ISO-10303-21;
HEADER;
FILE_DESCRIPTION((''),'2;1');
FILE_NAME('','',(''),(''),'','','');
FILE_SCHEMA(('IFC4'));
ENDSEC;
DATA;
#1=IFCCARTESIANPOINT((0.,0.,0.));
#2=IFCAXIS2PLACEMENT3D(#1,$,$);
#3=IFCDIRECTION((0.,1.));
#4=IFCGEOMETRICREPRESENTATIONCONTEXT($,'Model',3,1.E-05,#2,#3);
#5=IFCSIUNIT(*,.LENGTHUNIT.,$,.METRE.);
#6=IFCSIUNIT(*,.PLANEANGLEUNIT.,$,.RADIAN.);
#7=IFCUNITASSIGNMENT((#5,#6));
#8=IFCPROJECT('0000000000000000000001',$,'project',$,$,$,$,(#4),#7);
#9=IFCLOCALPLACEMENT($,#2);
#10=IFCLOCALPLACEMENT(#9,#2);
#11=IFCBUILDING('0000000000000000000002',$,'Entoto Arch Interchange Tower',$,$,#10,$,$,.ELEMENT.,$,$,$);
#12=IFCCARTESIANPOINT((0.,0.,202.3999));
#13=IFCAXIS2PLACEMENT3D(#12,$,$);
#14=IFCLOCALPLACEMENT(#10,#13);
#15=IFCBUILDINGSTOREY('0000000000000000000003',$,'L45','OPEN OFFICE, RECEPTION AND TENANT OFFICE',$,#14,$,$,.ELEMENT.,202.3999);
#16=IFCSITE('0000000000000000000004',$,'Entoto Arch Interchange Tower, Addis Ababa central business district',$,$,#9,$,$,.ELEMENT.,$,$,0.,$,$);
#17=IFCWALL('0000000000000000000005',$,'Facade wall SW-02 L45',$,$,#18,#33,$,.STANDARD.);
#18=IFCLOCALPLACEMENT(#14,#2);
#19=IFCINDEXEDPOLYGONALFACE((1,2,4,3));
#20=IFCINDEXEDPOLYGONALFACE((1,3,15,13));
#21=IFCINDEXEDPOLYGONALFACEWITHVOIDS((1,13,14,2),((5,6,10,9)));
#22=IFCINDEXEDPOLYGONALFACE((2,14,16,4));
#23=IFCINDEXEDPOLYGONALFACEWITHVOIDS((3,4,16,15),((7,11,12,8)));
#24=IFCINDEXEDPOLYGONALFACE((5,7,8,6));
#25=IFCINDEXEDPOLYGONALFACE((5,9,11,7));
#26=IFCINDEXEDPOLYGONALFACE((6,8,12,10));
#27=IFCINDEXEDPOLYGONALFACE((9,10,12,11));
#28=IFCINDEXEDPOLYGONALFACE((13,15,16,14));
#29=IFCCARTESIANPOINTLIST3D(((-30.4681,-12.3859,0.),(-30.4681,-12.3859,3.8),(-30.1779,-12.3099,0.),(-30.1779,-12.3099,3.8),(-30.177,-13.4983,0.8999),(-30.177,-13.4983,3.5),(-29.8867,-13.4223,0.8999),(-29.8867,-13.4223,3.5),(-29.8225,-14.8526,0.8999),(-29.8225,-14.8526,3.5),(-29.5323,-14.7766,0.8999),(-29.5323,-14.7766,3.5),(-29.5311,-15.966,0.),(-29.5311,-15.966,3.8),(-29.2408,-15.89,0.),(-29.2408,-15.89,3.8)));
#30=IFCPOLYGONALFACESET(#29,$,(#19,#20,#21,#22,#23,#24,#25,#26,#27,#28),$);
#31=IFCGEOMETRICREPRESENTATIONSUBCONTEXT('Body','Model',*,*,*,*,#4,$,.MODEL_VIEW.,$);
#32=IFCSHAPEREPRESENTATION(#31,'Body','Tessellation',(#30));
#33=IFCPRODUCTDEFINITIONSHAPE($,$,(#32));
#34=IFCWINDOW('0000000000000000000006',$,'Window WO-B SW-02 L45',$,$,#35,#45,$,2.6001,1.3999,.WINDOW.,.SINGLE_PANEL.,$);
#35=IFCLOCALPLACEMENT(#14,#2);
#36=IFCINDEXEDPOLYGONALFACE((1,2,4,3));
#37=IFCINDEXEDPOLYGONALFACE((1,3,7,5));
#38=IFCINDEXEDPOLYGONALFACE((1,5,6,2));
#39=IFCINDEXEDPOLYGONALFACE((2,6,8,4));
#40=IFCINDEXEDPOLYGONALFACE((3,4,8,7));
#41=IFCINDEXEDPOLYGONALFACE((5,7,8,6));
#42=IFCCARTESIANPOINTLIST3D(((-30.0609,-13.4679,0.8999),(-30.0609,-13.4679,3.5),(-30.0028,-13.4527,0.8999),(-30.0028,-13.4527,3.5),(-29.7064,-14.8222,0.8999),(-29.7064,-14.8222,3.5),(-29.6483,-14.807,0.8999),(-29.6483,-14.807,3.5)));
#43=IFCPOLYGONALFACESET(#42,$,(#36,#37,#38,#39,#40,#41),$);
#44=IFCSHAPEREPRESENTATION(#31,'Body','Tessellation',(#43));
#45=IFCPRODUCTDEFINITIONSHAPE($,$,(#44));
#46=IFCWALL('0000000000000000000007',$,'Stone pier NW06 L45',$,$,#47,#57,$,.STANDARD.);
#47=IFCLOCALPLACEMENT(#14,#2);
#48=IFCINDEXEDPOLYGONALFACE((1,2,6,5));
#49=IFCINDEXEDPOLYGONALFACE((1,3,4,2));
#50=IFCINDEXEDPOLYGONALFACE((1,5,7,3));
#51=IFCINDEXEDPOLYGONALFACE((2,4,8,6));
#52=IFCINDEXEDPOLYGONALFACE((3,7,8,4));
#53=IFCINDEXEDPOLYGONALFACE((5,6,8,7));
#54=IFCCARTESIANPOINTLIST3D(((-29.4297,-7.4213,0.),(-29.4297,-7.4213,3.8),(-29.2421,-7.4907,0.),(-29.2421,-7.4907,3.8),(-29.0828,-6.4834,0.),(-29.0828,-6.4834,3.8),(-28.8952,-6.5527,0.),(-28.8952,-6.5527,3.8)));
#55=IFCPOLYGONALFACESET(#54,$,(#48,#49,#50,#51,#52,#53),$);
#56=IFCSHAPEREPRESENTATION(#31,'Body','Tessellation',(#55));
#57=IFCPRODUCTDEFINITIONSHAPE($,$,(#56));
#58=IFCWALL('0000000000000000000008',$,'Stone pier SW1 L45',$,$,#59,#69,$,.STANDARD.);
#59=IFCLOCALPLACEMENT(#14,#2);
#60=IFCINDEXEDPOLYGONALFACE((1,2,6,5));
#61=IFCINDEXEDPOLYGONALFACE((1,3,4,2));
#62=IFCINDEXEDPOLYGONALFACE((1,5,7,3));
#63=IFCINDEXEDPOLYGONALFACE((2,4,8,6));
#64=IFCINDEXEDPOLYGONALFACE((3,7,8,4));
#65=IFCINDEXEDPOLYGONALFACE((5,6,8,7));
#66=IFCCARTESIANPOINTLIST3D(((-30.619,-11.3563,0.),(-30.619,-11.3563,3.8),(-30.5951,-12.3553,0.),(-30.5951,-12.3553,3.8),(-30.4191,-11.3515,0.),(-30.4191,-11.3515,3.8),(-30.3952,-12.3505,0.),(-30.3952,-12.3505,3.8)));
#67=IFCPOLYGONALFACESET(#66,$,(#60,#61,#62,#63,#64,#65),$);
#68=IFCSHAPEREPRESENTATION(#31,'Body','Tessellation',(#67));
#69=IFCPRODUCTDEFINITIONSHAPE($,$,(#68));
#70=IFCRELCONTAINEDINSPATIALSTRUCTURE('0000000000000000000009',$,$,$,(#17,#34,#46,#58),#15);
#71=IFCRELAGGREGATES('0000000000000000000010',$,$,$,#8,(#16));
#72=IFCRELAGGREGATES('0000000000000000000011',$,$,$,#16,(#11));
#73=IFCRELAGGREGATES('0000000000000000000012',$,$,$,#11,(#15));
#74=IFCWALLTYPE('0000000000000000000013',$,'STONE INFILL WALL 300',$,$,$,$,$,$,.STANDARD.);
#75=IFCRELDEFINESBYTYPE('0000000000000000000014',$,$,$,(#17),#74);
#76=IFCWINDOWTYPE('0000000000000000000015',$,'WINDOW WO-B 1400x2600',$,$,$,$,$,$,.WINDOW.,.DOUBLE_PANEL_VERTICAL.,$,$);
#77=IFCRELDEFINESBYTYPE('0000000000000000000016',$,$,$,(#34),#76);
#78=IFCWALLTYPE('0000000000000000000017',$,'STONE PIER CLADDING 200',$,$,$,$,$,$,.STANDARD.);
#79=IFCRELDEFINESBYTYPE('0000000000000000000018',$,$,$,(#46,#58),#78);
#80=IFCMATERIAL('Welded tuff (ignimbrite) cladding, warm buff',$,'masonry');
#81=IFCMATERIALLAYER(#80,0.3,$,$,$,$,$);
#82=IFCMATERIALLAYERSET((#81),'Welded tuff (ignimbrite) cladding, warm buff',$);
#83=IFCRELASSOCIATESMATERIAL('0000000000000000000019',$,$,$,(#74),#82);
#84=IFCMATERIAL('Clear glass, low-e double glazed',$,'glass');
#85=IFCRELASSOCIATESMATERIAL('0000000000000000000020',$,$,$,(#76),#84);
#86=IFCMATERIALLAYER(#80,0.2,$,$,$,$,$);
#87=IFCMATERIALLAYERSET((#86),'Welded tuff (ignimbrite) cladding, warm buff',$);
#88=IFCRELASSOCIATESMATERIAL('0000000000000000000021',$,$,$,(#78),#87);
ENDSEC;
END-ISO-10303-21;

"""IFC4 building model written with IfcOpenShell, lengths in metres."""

from ifc_helpers import new_model, si_unit, direction, frame, frame_2d, origin, place, context, subcontext, project, spatial, rectangle, extrude, material, layer, layer_set, type_object, element, fill, save


model = new_model("IFC4")

# Units and contexts
model_context = context("Model", 3, precision=1e-05, world=origin(), true_north=direction((0.0, 1.0)))
body_context = subcontext(model_context, "Body", "Model", "MODEL_VIEW")
ifc_project = project(units=[si_unit("LENGTHUNIT", "METRE"), si_unit("PLANEANGLEUNIT", "RADIAN")], contexts=[model_context])

# Site, building, storey
site_placement = place(None, origin())
site = spatial("IfcSite", under=ifc_project, at=site_placement, Name="Entoto Arch Interchange Tower, Addis Ababa central business district", CompositionType="ELEMENT", RefElevation=0.0)
building_placement = place(site_placement, origin())
building = spatial("IfcBuilding", under=site, at=building_placement, Name="Entoto Arch Interchange Tower", CompositionType="ELEMENT")
storey_placement = place(building_placement, frame((0.0, 0.0, 202.3999)))
storey = spatial("IfcBuildingStorey", under=building, at=storey_placement, Name="L45", Description="OPEN OFFICE, RECEPTION AND TENANT OFFICE", CompositionType="ELEMENT", Elevation=202.3999)

# Shared definitions
ifc_material_1 = material(Name="Welded tuff (ignimbrite) cladding, warm buff", Category="masonry")
ifc_layer_1 = layer(ifc_material_1, 0.3)
ifc_layer_set_1 = layer_set([ifc_layer_1], Name="Welded tuff (ignimbrite) cladding, warm buff")
wall_type_1 = type_object("IfcWallType", Name="STONE INFILL WALL 300", PredefinedType="STANDARD", material=ifc_layer_set_1)
ifc_material_2 = material(Name="Clear glass, low-e double glazed", Category="glass")

# Wall, opening, window
window_type_1 = type_object("IfcWindowType", Name="WINDOW WO-B 1400x2600", PartitioningType="DOUBLE_PANEL_VERTICAL", PredefinedType="WINDOW", material=ifc_material_2)
wall_1_placement = place(storey_placement, frame((-30.323, -12.3479, 0.0), z_axis=(0.0, 0.0, 1.0), x_axis=(0.253201, -0.967414, 0.0)))
wall_1 = element("IfcWall", 1, at=wall_1_placement, inside=storey, type_object=wall_type_1, Name="Facade wall SW-02 L45", PredefinedType="STANDARD", context=body_context, shape_type="SweptSolid", body=[
    extrude(rectangle(XDim=3.7007, YDim=0.3, at=frame_2d((1.8503, 0.0))), origin(), (0.0, 0.0, 1.0), 3.8),
])
opening_1_placement = place(wall_1_placement, frame((1.1499, 0.0, 0.8999)))
opening_1 = element("IfcOpeningElement", 2, at=opening_1_placement, cuts=wall_1, PredefinedType="OPENING", context=body_context, shape_type="SweptSolid", body=[
    extrude(rectangle(XDim=1.3999, YDim=2.6001, at=frame_2d((0.7, 1.3))), frame((0.0, 0.1602, 0.0), z_axis=(0.0, -1.0, 0.0), x_axis=(1.0, 0.0, 0.0)), (0.0, 0.0, 1.0), 0.3201),
])
window_1_placement = place(opening_1_placement, origin())
window_1 = element("IfcWindow", 3, at=window_1_placement, inside=storey, type_object=window_type_1, Name="Window WO-B SW-02 L45", OverallHeight=2.6001, OverallWidth=1.3999, PartitioningType="SINGLE_PANEL", PredefinedType="WINDOW", context=body_context, shape_type="SweptSolid", body=[
    extrude(rectangle(XDim=1.3999, YDim=2.6001, at=frame_2d((0.7, 1.3))), frame((0.0, 0.03, 0.0), z_axis=(0.0, -1.0, 0.0), x_axis=(1.0, 0.0, 0.0)), (0.0, 0.0, 1.0), 0.0601),
])
fill(opening_1, window_1)

# Walls
ifc_layer_2 = layer(ifc_material_1, 0.2)
ifc_layer_set_2 = layer_set([ifc_layer_2], Name="Welded tuff (ignimbrite) cladding, warm buff")
wall_type_2 = type_object("IfcWallType", Name="STONE PIER CLADDING 200", PredefinedType="STANDARD", material=ifc_layer_set_2)
wall_2_placement = place(storey_placement, frame((-28.989, -6.5181, 0.0), z_axis=(0.0, 0.0, 1.0), x_axis=(-0.346893, -0.937905, 0.0)))
element("IfcWall", 4, at=wall_2_placement, inside=storey, type_object=wall_type_2, Name="Stone pier NW06 L45", PredefinedType="STANDARD", context=body_context, shape_type="SweptSolid", body=[
    extrude(rectangle(XDim=1.0, YDim=0.2, at=frame_2d((0.5, 0.0))), origin(), (0.0, 0.0, 1.0), 3.8),
])
wall_3_placement = place(storey_placement, frame((-30.519, -11.354, 0.0), z_axis=(0.0, 0.0, 1.0), x_axis=(0.023942, -0.999713, 0.0)))
element("IfcWall", 5, at=wall_3_placement, inside=storey, type_object=wall_type_2, Name="Stone pier SW1 L45", PredefinedType="STANDARD", context=body_context, shape_type="SweptSolid", body=[
    extrude(rectangle(XDim=0.9993, YDim=0.2, at=frame_2d((0.4995, 0.0))), origin(), (0.0, 0.0, 1.0), 3.8),
])

save(model, "model.ifc")
